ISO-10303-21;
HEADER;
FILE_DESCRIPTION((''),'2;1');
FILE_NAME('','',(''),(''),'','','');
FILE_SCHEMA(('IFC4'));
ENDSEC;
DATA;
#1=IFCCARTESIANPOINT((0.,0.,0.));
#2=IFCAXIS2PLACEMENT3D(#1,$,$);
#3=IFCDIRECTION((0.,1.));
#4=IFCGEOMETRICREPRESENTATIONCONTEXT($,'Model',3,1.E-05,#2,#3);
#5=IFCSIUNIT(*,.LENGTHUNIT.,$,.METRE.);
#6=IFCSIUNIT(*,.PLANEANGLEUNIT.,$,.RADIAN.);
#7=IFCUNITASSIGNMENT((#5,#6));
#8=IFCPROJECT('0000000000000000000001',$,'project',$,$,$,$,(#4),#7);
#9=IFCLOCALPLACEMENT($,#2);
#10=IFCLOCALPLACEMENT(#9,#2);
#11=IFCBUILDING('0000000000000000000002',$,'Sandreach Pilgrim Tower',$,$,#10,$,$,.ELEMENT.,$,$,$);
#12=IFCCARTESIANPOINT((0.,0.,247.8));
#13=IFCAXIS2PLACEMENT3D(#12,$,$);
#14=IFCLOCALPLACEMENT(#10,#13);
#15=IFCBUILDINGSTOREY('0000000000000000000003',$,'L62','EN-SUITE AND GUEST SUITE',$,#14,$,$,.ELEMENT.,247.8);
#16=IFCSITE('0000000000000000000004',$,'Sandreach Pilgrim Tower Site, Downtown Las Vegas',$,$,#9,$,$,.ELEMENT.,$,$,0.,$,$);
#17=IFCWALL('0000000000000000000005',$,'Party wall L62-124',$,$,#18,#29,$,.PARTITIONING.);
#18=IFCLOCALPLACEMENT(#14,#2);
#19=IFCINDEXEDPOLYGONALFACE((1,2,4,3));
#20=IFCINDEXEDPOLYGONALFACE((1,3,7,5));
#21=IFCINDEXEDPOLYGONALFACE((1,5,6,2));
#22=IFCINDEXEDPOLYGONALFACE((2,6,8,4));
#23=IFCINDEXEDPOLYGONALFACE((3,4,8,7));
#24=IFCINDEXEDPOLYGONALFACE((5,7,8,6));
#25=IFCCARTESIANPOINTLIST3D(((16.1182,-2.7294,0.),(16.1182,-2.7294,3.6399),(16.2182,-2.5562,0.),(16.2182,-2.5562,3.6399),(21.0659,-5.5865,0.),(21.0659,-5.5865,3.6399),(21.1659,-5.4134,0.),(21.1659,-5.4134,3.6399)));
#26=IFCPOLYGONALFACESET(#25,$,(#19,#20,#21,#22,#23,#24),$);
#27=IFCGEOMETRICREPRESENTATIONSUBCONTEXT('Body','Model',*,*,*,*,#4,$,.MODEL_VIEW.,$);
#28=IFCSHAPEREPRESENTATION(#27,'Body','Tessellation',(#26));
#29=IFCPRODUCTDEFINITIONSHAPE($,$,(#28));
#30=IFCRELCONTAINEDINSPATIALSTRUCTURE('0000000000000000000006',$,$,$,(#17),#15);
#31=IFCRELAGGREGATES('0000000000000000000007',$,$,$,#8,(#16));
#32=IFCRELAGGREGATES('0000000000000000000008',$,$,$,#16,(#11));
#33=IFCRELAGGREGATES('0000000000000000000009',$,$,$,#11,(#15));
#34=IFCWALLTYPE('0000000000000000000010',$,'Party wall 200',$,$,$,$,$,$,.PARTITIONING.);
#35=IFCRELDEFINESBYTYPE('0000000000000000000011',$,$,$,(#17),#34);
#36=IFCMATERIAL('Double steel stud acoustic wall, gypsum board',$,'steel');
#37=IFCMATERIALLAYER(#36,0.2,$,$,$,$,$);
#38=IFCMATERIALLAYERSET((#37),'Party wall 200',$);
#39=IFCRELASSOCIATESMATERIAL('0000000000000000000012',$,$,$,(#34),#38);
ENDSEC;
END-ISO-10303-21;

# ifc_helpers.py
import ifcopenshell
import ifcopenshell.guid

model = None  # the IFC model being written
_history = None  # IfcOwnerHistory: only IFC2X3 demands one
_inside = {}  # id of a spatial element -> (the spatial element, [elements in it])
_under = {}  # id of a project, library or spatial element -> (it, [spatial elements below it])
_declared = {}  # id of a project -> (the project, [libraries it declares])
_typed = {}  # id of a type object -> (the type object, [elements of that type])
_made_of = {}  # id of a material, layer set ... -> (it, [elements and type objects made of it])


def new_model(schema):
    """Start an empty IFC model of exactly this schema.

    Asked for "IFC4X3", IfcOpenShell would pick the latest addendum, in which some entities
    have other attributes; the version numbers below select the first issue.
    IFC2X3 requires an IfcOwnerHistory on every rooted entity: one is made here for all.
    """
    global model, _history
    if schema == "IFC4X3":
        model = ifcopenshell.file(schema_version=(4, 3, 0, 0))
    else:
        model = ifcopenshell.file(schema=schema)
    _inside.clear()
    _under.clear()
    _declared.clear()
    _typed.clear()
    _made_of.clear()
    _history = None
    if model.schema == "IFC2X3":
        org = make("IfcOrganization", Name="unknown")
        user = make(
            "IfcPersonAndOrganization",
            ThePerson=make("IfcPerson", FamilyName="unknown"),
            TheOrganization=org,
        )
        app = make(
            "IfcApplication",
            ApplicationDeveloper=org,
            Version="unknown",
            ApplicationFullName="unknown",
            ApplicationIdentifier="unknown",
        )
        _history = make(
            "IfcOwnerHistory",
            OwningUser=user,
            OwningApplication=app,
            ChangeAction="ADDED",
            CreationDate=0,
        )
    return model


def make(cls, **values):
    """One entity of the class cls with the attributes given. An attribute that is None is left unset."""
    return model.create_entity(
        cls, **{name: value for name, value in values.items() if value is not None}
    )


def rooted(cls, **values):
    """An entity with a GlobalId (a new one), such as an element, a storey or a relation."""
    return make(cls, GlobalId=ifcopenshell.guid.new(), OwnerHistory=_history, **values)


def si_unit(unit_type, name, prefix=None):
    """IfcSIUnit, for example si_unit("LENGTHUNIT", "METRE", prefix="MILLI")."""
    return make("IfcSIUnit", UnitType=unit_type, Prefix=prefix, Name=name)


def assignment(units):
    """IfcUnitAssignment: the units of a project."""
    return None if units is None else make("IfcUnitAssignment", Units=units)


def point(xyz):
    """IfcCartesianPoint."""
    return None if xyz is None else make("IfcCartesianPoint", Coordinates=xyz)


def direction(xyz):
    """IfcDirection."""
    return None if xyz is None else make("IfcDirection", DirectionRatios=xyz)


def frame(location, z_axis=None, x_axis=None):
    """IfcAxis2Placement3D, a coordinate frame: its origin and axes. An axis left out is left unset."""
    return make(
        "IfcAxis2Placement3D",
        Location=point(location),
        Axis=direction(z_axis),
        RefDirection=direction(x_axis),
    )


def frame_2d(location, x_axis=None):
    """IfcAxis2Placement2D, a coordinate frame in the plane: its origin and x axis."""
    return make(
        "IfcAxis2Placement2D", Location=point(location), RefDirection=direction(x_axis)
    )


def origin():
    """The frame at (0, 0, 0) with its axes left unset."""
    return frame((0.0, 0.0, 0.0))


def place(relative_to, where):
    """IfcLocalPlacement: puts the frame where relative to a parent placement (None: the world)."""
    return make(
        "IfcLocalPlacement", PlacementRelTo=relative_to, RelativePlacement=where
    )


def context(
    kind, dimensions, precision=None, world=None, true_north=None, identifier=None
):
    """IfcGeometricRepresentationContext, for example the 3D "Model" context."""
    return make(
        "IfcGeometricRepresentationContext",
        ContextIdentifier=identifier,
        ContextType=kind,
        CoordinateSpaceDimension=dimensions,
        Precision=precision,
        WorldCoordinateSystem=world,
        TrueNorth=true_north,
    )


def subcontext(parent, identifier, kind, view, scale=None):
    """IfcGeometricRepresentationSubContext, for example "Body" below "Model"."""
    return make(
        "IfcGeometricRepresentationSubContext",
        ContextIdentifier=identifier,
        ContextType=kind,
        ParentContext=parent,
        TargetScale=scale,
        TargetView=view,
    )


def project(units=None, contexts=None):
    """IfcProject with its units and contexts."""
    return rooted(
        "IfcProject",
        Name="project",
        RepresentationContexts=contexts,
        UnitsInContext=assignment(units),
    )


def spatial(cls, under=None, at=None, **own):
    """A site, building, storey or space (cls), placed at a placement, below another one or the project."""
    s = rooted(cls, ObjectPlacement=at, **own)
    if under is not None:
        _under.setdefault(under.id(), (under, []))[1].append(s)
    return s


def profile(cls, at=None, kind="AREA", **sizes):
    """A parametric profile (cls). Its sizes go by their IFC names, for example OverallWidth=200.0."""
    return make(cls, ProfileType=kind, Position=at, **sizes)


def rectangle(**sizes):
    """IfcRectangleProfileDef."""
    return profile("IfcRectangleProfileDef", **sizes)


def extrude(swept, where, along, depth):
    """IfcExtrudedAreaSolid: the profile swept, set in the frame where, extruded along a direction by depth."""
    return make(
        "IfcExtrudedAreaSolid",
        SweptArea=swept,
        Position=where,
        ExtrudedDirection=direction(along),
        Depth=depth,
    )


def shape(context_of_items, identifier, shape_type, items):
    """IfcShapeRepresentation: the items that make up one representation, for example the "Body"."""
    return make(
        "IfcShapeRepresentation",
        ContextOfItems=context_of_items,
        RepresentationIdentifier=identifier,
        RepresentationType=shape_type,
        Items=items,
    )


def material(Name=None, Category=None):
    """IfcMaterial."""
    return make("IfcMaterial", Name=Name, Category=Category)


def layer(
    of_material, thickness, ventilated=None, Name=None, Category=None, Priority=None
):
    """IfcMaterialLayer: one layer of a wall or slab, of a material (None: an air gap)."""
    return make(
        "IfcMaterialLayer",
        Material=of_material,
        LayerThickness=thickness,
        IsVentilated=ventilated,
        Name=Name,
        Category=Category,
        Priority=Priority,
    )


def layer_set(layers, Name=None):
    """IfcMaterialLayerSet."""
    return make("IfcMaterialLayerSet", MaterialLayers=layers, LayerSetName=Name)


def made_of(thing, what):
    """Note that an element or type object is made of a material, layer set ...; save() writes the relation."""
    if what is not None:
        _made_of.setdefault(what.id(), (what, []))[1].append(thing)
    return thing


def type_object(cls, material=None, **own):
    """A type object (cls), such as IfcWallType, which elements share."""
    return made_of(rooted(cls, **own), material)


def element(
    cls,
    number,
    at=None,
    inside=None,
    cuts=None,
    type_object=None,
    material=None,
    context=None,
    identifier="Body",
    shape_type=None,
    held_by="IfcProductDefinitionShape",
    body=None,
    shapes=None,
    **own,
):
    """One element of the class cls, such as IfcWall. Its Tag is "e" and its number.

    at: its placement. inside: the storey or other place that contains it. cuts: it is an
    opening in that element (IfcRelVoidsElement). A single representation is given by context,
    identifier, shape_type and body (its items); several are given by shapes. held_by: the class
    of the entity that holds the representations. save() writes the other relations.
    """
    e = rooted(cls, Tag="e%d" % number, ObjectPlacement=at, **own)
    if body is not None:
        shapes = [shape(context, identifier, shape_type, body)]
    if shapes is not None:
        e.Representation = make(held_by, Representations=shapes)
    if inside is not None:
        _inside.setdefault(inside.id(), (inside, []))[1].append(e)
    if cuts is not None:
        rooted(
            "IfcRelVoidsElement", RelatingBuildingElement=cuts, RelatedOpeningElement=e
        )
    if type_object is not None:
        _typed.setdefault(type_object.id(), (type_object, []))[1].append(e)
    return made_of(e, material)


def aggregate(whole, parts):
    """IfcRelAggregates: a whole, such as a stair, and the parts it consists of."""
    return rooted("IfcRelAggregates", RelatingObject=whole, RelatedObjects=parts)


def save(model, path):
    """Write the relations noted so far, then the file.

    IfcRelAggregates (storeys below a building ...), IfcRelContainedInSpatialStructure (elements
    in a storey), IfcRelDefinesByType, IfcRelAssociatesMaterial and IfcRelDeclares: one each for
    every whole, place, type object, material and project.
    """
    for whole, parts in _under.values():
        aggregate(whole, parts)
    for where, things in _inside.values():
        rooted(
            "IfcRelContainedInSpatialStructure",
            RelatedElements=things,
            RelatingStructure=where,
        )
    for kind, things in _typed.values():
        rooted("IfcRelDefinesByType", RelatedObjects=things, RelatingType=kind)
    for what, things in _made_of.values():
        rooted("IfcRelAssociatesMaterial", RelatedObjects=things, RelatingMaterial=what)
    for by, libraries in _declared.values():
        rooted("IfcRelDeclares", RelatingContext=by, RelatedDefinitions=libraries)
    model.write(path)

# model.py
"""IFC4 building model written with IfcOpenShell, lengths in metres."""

from ifc_helpers import new_model, si_unit, direction, frame, frame_2d, origin, place, context, subcontext, project, spatial, rectangle, extrude, material, layer, layer_set, type_object, element, save


model = new_model("IFC4")

# Units and contexts
model_context = context("Model", 3, precision=1e-05, world=origin(), true_north=direction((0.0, 1.0)))
body_context = subcontext(model_context, "Body", "Model", "MODEL_VIEW")
ifc_project = project(units=[si_unit("LENGTHUNIT", "METRE"), si_unit("PLANEANGLEUNIT", "RADIAN")], contexts=[model_context])

# Site, building, storey
site_placement = place(None, origin())
site = spatial("IfcSite", under=ifc_project, at=site_placement, Name="Sandreach Pilgrim Tower Site, Downtown Las Vegas", CompositionType="ELEMENT", RefElevation=0.0)
building_placement = place(site_placement, origin())
building = spatial("IfcBuilding", under=site, at=building_placement, Name="Sandreach Pilgrim Tower", CompositionType="ELEMENT")
storey_placement = place(building_placement, frame((0.0, 0.0, 247.8)))
storey = spatial("IfcBuildingStorey", under=building, at=storey_placement, Name="L62", Description="EN-SUITE AND GUEST SUITE", CompositionType="ELEMENT", Elevation=247.8)

# Wall
ifc_material_1 = material(Name="Double steel stud acoustic wall, gypsum board", Category="steel")
ifc_layer_1 = layer(ifc_material_1, 0.2)
ifc_layer_set_1 = layer_set([ifc_layer_1], Name="Party wall 200")
wall_type_1 = type_object("IfcWallType", Name="Party wall 200", PredefinedType="PARTITIONING", material=ifc_layer_set_1)
wall_1_placement = place(storey_placement, frame((16.1682, -2.6428, 0.0), z_axis=(0.0, 0.0, 1.0), x_axis=(0.865981, -0.500078, 0.0)))
element("IfcWall", 1, at=wall_1_placement, inside=storey, type_object=wall_type_1, Name="Party wall L62-124", PredefinedType="PARTITIONING", context=body_context, shape_type="SweptSolid", body=[
    extrude(rectangle(XDim=5.7134, YDim=0.2, at=frame_2d((2.8567, 0.0))), origin(), (0.0, 0.0, 1.0), 3.6399),
])

save(model, "model.ifc")
